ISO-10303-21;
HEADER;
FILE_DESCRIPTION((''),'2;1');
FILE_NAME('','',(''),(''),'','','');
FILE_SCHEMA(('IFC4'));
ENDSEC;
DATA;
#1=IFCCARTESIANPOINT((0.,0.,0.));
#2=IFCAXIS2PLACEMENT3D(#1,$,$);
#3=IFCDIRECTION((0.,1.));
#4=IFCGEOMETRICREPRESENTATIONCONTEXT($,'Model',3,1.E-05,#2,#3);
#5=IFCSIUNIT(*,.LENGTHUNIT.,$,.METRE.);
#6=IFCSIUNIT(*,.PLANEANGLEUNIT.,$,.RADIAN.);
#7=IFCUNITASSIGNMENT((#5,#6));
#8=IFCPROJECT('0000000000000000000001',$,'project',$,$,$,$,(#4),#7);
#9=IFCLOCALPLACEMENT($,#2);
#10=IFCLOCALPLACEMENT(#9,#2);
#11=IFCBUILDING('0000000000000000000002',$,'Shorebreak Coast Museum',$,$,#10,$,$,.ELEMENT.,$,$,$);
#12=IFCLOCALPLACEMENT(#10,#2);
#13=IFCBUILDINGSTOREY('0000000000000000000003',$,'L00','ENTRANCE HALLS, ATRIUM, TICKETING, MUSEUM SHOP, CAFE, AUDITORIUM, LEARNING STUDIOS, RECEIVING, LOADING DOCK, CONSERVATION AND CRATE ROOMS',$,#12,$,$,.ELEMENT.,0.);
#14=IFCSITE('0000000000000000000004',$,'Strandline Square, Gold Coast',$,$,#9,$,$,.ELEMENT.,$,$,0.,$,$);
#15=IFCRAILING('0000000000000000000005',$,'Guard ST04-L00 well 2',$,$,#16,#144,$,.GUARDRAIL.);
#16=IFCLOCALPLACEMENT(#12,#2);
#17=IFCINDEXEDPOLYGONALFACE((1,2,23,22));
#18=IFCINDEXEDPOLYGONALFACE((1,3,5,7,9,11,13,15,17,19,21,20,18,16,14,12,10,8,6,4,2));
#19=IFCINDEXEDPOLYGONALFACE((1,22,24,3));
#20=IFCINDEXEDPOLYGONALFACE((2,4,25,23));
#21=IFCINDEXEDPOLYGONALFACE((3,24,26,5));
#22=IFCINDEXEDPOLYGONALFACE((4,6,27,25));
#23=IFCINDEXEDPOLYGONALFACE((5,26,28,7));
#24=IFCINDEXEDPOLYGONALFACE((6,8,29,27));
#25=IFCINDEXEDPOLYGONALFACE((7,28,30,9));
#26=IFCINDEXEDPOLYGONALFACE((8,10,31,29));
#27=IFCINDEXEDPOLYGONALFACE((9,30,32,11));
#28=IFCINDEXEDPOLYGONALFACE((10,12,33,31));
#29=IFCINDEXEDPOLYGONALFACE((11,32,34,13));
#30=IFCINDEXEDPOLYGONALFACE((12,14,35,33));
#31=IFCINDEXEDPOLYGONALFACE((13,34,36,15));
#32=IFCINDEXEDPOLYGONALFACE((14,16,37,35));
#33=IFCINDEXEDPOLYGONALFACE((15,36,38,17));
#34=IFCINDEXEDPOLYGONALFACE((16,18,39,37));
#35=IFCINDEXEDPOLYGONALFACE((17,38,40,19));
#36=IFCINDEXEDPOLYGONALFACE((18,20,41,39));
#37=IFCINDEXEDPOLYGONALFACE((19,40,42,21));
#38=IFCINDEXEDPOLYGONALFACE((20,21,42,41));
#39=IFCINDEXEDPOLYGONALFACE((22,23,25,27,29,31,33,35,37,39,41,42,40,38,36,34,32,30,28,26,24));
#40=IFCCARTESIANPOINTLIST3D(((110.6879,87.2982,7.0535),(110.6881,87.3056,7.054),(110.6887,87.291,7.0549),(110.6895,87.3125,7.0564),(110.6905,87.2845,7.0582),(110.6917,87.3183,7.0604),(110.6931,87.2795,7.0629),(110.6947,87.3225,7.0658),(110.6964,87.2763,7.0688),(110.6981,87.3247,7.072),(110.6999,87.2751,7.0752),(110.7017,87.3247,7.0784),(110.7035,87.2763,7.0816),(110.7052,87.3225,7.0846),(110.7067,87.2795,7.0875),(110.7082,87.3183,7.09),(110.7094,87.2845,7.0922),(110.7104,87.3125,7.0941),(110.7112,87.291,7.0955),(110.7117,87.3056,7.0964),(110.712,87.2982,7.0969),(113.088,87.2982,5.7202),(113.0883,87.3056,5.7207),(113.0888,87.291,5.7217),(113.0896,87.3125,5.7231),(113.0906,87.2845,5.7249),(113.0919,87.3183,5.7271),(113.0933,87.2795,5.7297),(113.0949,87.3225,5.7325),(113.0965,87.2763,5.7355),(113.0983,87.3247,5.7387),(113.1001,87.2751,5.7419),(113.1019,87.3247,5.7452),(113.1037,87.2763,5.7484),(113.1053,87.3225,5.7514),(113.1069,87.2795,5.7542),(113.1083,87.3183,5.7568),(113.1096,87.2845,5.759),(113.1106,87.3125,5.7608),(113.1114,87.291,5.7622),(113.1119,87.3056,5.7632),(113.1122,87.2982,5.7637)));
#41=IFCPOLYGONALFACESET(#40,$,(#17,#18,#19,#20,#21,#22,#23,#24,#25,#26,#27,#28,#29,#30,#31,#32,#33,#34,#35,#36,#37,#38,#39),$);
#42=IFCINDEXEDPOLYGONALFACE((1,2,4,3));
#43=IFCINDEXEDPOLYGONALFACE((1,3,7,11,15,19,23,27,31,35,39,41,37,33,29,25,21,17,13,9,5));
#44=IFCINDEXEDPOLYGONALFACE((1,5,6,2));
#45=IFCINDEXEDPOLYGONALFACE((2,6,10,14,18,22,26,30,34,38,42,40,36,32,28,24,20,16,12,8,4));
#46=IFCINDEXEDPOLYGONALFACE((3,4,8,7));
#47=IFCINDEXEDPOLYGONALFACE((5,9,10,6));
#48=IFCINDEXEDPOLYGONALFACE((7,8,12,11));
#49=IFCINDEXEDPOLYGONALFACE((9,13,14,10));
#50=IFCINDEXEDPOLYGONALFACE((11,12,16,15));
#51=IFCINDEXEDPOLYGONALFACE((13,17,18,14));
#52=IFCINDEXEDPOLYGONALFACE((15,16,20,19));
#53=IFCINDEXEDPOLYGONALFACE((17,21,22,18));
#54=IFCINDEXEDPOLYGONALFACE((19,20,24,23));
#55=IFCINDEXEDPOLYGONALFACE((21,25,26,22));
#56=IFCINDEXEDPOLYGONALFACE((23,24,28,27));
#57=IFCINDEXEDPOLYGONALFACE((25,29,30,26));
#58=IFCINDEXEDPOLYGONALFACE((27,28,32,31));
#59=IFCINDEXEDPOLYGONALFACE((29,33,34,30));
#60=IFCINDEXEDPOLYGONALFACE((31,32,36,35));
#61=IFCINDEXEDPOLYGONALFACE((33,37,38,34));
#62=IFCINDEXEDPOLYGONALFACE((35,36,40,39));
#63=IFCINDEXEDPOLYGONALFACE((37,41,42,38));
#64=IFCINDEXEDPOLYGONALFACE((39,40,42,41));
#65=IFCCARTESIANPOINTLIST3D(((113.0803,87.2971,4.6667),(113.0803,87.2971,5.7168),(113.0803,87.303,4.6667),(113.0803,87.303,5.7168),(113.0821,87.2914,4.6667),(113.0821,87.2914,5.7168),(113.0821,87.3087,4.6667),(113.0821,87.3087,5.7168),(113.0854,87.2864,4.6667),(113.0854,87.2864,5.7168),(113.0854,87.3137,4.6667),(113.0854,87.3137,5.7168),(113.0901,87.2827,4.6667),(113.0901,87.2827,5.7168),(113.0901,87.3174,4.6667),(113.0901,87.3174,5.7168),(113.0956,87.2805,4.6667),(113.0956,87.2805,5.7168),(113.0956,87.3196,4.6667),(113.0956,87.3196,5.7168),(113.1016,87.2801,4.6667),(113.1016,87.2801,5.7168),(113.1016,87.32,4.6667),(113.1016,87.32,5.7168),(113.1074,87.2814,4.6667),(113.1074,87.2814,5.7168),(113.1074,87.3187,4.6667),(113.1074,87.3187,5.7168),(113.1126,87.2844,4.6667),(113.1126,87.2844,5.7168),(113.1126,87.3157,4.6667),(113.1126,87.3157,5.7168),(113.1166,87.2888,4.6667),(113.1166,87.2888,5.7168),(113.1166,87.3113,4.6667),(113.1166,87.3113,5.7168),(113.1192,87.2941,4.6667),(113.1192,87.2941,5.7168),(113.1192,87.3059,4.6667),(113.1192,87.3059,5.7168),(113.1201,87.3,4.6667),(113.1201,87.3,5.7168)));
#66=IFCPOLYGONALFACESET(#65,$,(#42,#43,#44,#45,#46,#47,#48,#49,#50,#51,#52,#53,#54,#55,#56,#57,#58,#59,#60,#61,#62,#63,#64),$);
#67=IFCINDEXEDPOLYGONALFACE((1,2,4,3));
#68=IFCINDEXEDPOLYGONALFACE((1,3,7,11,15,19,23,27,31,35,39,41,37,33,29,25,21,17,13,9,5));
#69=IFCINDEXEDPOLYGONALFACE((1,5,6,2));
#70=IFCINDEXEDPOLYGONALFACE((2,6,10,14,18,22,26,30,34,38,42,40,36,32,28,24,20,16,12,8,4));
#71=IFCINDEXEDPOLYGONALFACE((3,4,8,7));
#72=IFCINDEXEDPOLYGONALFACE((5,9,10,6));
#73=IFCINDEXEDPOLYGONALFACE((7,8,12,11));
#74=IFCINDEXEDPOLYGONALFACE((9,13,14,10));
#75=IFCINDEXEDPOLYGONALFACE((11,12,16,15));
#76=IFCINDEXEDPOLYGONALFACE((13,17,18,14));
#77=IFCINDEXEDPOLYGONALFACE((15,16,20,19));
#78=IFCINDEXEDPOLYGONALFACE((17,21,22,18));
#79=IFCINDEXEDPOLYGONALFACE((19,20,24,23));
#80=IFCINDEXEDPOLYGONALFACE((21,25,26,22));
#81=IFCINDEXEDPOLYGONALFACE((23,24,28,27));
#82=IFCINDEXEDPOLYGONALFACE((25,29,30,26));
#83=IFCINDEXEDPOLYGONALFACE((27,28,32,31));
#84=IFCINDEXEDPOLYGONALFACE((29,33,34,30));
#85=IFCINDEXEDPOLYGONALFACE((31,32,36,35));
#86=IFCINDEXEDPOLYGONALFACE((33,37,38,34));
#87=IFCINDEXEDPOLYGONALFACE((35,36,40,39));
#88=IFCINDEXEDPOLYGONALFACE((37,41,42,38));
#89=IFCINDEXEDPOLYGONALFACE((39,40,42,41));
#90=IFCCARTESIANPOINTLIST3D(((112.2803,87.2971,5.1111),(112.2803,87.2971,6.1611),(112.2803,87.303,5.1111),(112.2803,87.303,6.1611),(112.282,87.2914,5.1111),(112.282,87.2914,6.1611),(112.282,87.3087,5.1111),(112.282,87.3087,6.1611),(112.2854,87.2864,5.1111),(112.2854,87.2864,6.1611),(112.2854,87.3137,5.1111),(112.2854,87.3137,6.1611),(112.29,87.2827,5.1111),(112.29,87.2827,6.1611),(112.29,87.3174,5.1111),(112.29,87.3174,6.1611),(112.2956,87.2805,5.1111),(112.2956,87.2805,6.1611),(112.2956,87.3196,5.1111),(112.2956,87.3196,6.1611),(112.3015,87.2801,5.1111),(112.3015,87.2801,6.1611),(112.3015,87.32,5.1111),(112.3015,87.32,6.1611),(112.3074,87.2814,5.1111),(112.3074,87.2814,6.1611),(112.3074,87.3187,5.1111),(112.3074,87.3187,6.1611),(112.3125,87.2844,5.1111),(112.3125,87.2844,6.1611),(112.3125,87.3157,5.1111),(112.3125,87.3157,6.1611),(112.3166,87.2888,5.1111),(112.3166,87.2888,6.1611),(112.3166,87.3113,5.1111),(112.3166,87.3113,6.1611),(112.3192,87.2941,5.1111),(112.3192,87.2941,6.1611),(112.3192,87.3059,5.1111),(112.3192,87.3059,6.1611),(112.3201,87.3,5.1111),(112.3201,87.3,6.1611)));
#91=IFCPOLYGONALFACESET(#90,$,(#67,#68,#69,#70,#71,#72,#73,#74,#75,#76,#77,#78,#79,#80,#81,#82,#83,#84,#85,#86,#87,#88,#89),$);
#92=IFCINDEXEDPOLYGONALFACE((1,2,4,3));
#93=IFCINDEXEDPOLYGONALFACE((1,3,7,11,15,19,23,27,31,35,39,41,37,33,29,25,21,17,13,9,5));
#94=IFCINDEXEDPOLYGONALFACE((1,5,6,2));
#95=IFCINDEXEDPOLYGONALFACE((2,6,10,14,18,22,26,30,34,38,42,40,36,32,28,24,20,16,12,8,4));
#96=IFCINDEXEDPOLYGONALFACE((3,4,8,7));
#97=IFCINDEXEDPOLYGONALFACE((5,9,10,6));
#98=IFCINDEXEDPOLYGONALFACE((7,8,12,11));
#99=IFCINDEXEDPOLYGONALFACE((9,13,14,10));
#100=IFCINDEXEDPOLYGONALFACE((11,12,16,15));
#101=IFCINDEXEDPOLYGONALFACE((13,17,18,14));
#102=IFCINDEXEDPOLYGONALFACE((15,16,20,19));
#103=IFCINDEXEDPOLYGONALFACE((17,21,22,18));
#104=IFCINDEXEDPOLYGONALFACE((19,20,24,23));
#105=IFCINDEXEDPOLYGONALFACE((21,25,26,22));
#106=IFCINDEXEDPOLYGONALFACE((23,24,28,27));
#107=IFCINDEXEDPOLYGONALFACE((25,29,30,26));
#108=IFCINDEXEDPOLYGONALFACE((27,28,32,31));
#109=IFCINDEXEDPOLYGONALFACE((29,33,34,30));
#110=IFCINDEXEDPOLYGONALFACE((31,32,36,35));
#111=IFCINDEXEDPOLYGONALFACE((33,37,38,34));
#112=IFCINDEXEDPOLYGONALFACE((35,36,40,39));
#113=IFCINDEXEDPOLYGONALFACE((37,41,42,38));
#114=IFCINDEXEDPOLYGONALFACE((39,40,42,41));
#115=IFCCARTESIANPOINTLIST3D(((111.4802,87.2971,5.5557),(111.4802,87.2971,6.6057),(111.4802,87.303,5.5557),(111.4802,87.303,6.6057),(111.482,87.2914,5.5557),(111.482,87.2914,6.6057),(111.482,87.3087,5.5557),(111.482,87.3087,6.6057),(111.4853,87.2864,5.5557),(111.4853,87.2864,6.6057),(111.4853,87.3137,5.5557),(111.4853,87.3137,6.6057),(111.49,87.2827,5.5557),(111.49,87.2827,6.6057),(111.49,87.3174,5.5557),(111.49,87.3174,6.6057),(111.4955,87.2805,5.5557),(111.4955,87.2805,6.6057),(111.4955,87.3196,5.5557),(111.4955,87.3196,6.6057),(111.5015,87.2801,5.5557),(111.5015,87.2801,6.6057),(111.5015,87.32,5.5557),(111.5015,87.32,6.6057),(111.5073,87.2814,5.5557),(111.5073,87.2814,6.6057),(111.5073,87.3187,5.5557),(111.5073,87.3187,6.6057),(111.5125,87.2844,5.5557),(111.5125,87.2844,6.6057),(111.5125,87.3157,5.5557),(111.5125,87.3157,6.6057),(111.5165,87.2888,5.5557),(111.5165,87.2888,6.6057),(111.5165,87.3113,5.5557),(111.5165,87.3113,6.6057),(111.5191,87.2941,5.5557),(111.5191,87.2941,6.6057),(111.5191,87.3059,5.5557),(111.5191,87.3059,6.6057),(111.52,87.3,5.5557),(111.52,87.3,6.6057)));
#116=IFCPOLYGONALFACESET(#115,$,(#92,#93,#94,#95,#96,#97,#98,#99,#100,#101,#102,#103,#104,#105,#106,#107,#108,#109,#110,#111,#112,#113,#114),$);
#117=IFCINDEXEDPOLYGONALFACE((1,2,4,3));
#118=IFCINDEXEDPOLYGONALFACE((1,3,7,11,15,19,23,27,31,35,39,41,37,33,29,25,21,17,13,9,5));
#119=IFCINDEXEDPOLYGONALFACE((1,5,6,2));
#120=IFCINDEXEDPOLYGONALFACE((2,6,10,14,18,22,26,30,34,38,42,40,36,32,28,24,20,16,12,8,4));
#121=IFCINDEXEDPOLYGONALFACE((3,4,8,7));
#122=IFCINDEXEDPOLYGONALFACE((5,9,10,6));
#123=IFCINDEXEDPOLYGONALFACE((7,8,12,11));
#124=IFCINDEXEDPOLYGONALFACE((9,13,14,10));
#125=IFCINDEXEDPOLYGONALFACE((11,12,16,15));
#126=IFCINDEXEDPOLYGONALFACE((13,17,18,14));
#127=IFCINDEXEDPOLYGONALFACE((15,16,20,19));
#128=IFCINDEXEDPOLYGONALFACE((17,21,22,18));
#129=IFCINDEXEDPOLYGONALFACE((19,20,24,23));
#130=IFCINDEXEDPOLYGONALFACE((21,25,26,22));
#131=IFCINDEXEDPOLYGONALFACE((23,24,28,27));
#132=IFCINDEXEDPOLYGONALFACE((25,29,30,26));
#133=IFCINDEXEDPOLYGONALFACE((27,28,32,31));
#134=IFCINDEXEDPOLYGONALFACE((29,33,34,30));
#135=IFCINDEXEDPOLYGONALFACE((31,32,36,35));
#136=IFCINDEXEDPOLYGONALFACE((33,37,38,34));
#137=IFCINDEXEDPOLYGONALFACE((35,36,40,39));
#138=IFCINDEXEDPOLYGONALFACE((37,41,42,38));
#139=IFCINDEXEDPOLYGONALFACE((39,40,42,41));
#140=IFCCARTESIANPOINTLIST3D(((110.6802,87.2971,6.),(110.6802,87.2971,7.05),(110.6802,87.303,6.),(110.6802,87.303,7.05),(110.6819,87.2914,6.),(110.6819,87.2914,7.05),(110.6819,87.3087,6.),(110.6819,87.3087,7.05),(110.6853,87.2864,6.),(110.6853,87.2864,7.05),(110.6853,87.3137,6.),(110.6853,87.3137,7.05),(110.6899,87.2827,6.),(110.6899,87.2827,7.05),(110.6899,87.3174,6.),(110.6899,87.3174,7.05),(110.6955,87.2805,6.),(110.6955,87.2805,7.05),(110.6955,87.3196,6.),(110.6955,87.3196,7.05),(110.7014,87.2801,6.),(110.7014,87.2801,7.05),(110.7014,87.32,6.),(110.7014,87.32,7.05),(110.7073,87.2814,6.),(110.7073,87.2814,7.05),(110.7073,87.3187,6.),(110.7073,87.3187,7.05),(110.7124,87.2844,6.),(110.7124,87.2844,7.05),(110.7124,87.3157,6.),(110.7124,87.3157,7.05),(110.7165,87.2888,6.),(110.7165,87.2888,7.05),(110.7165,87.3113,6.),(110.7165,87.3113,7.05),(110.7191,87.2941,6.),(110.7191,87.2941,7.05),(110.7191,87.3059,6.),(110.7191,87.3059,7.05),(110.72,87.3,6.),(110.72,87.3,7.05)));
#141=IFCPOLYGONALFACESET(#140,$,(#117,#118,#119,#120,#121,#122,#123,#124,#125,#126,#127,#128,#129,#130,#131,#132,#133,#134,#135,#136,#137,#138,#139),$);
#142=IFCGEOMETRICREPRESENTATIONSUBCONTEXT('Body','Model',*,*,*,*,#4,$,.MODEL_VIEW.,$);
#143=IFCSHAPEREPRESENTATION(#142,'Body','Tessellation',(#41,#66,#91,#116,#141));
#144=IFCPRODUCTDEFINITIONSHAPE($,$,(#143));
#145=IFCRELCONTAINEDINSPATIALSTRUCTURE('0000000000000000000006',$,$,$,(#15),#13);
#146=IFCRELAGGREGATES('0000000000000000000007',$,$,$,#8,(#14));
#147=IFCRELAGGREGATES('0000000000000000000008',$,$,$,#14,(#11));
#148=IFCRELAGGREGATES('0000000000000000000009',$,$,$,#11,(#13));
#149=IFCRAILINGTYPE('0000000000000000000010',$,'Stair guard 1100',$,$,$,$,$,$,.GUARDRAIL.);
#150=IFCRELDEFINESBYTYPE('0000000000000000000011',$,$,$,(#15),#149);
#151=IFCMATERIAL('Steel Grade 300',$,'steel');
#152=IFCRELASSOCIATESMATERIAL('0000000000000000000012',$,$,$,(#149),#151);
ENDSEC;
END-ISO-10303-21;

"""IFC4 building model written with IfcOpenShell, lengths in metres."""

from ifc_helpers import new_model, si_unit, direction, frame, origin, origin_2d, place, context, subcontext, project, spatial, circle, extrude, material, type_object, element, save


model = new_model("IFC4")

# Units and contexts
model_context = context("Model", 3, precision=1e-05, world=origin(), true_north=direction((0.0, 1.0)))
body_context = subcontext(model_context, "Body", "Model", "MODEL_VIEW")
ifc_project = project(units=[si_unit("LENGTHUNIT", "METRE"), si_unit("PLANEANGLEUNIT", "RADIAN")], contexts=[model_context])

# Site, building, storey
site_placement = place(None, origin())
site = spatial("IfcSite", under=ifc_project, at=site_placement, Name="Strandline Square, Gold Coast", CompositionType="ELEMENT", RefElevation=0.0)
building_placement = place(site_placement, origin())
building = spatial("IfcBuilding", under=site, at=building_placement, Name="Shorebreak Coast Museum", CompositionType="ELEMENT")
storey_placement = place(building_placement, origin())
storey = spatial("IfcBuildingStorey", under=building, at=storey_placement, Name="L00", Description="ENTRANCE HALLS, ATRIUM, TICKETING, MUSEUM SHOP, CAFE, AUDITORIUM, LEARNING STUDIOS, RECEIVING, LOADING DOCK, CONSERVATION AND CRATE ROOMS", CompositionType="ELEMENT", Elevation=0.0)

# Railing
ifc_material_1 = material(Name="Steel Grade 300", Category="steel")
railing_type_1 = type_object("IfcRailingType", Name="Stair guard 1100", PredefinedType="GUARDRAIL", material=ifc_material_1)
for number, where, name in (
    (1, (113.1001, 87.3, 4.6667), "Guard ST04-L00 well 2"),
):
    element("IfcRailing", number, at=place(storey_placement, frame(where)), inside=storey, type_object=railing_type_1, Name=name, PredefinedType="GUARDRAIL", context=body_context, shape_type="SweptSolid", body=[
        extrude(circle(Radius=0.0249, at=origin_2d()), frame((0.0, 0.0, 1.0752), z_axis=(-0.874182, 0.0, 0.485598), x_axis=(0.0, -1.0, 0.0)), (0.0, 0.0, 1.0), 2.7456),
        extrude(circle(Radius=0.02, at=origin_2d()), origin(), (0.0, 0.0, 1.0), 1.05),
        extrude(circle(Radius=0.02, at=origin_2d()), frame((-0.8, 0.0, 0.4443)), (0.0, 0.0, 1.0), 1.05),
        extrude(circle(Radius=0.02, at=origin_2d()), frame((-1.6001, 0.0, 0.8889)), (0.0, 0.0, 1.0), 1.05),
        extrude(circle(Radius=0.02, at=origin_2d()), frame((-2.4001, 0.0, 1.3333)), (0.0, 0.0, 1.0), 1.05),
    ])

save(model, "model.ifc")
